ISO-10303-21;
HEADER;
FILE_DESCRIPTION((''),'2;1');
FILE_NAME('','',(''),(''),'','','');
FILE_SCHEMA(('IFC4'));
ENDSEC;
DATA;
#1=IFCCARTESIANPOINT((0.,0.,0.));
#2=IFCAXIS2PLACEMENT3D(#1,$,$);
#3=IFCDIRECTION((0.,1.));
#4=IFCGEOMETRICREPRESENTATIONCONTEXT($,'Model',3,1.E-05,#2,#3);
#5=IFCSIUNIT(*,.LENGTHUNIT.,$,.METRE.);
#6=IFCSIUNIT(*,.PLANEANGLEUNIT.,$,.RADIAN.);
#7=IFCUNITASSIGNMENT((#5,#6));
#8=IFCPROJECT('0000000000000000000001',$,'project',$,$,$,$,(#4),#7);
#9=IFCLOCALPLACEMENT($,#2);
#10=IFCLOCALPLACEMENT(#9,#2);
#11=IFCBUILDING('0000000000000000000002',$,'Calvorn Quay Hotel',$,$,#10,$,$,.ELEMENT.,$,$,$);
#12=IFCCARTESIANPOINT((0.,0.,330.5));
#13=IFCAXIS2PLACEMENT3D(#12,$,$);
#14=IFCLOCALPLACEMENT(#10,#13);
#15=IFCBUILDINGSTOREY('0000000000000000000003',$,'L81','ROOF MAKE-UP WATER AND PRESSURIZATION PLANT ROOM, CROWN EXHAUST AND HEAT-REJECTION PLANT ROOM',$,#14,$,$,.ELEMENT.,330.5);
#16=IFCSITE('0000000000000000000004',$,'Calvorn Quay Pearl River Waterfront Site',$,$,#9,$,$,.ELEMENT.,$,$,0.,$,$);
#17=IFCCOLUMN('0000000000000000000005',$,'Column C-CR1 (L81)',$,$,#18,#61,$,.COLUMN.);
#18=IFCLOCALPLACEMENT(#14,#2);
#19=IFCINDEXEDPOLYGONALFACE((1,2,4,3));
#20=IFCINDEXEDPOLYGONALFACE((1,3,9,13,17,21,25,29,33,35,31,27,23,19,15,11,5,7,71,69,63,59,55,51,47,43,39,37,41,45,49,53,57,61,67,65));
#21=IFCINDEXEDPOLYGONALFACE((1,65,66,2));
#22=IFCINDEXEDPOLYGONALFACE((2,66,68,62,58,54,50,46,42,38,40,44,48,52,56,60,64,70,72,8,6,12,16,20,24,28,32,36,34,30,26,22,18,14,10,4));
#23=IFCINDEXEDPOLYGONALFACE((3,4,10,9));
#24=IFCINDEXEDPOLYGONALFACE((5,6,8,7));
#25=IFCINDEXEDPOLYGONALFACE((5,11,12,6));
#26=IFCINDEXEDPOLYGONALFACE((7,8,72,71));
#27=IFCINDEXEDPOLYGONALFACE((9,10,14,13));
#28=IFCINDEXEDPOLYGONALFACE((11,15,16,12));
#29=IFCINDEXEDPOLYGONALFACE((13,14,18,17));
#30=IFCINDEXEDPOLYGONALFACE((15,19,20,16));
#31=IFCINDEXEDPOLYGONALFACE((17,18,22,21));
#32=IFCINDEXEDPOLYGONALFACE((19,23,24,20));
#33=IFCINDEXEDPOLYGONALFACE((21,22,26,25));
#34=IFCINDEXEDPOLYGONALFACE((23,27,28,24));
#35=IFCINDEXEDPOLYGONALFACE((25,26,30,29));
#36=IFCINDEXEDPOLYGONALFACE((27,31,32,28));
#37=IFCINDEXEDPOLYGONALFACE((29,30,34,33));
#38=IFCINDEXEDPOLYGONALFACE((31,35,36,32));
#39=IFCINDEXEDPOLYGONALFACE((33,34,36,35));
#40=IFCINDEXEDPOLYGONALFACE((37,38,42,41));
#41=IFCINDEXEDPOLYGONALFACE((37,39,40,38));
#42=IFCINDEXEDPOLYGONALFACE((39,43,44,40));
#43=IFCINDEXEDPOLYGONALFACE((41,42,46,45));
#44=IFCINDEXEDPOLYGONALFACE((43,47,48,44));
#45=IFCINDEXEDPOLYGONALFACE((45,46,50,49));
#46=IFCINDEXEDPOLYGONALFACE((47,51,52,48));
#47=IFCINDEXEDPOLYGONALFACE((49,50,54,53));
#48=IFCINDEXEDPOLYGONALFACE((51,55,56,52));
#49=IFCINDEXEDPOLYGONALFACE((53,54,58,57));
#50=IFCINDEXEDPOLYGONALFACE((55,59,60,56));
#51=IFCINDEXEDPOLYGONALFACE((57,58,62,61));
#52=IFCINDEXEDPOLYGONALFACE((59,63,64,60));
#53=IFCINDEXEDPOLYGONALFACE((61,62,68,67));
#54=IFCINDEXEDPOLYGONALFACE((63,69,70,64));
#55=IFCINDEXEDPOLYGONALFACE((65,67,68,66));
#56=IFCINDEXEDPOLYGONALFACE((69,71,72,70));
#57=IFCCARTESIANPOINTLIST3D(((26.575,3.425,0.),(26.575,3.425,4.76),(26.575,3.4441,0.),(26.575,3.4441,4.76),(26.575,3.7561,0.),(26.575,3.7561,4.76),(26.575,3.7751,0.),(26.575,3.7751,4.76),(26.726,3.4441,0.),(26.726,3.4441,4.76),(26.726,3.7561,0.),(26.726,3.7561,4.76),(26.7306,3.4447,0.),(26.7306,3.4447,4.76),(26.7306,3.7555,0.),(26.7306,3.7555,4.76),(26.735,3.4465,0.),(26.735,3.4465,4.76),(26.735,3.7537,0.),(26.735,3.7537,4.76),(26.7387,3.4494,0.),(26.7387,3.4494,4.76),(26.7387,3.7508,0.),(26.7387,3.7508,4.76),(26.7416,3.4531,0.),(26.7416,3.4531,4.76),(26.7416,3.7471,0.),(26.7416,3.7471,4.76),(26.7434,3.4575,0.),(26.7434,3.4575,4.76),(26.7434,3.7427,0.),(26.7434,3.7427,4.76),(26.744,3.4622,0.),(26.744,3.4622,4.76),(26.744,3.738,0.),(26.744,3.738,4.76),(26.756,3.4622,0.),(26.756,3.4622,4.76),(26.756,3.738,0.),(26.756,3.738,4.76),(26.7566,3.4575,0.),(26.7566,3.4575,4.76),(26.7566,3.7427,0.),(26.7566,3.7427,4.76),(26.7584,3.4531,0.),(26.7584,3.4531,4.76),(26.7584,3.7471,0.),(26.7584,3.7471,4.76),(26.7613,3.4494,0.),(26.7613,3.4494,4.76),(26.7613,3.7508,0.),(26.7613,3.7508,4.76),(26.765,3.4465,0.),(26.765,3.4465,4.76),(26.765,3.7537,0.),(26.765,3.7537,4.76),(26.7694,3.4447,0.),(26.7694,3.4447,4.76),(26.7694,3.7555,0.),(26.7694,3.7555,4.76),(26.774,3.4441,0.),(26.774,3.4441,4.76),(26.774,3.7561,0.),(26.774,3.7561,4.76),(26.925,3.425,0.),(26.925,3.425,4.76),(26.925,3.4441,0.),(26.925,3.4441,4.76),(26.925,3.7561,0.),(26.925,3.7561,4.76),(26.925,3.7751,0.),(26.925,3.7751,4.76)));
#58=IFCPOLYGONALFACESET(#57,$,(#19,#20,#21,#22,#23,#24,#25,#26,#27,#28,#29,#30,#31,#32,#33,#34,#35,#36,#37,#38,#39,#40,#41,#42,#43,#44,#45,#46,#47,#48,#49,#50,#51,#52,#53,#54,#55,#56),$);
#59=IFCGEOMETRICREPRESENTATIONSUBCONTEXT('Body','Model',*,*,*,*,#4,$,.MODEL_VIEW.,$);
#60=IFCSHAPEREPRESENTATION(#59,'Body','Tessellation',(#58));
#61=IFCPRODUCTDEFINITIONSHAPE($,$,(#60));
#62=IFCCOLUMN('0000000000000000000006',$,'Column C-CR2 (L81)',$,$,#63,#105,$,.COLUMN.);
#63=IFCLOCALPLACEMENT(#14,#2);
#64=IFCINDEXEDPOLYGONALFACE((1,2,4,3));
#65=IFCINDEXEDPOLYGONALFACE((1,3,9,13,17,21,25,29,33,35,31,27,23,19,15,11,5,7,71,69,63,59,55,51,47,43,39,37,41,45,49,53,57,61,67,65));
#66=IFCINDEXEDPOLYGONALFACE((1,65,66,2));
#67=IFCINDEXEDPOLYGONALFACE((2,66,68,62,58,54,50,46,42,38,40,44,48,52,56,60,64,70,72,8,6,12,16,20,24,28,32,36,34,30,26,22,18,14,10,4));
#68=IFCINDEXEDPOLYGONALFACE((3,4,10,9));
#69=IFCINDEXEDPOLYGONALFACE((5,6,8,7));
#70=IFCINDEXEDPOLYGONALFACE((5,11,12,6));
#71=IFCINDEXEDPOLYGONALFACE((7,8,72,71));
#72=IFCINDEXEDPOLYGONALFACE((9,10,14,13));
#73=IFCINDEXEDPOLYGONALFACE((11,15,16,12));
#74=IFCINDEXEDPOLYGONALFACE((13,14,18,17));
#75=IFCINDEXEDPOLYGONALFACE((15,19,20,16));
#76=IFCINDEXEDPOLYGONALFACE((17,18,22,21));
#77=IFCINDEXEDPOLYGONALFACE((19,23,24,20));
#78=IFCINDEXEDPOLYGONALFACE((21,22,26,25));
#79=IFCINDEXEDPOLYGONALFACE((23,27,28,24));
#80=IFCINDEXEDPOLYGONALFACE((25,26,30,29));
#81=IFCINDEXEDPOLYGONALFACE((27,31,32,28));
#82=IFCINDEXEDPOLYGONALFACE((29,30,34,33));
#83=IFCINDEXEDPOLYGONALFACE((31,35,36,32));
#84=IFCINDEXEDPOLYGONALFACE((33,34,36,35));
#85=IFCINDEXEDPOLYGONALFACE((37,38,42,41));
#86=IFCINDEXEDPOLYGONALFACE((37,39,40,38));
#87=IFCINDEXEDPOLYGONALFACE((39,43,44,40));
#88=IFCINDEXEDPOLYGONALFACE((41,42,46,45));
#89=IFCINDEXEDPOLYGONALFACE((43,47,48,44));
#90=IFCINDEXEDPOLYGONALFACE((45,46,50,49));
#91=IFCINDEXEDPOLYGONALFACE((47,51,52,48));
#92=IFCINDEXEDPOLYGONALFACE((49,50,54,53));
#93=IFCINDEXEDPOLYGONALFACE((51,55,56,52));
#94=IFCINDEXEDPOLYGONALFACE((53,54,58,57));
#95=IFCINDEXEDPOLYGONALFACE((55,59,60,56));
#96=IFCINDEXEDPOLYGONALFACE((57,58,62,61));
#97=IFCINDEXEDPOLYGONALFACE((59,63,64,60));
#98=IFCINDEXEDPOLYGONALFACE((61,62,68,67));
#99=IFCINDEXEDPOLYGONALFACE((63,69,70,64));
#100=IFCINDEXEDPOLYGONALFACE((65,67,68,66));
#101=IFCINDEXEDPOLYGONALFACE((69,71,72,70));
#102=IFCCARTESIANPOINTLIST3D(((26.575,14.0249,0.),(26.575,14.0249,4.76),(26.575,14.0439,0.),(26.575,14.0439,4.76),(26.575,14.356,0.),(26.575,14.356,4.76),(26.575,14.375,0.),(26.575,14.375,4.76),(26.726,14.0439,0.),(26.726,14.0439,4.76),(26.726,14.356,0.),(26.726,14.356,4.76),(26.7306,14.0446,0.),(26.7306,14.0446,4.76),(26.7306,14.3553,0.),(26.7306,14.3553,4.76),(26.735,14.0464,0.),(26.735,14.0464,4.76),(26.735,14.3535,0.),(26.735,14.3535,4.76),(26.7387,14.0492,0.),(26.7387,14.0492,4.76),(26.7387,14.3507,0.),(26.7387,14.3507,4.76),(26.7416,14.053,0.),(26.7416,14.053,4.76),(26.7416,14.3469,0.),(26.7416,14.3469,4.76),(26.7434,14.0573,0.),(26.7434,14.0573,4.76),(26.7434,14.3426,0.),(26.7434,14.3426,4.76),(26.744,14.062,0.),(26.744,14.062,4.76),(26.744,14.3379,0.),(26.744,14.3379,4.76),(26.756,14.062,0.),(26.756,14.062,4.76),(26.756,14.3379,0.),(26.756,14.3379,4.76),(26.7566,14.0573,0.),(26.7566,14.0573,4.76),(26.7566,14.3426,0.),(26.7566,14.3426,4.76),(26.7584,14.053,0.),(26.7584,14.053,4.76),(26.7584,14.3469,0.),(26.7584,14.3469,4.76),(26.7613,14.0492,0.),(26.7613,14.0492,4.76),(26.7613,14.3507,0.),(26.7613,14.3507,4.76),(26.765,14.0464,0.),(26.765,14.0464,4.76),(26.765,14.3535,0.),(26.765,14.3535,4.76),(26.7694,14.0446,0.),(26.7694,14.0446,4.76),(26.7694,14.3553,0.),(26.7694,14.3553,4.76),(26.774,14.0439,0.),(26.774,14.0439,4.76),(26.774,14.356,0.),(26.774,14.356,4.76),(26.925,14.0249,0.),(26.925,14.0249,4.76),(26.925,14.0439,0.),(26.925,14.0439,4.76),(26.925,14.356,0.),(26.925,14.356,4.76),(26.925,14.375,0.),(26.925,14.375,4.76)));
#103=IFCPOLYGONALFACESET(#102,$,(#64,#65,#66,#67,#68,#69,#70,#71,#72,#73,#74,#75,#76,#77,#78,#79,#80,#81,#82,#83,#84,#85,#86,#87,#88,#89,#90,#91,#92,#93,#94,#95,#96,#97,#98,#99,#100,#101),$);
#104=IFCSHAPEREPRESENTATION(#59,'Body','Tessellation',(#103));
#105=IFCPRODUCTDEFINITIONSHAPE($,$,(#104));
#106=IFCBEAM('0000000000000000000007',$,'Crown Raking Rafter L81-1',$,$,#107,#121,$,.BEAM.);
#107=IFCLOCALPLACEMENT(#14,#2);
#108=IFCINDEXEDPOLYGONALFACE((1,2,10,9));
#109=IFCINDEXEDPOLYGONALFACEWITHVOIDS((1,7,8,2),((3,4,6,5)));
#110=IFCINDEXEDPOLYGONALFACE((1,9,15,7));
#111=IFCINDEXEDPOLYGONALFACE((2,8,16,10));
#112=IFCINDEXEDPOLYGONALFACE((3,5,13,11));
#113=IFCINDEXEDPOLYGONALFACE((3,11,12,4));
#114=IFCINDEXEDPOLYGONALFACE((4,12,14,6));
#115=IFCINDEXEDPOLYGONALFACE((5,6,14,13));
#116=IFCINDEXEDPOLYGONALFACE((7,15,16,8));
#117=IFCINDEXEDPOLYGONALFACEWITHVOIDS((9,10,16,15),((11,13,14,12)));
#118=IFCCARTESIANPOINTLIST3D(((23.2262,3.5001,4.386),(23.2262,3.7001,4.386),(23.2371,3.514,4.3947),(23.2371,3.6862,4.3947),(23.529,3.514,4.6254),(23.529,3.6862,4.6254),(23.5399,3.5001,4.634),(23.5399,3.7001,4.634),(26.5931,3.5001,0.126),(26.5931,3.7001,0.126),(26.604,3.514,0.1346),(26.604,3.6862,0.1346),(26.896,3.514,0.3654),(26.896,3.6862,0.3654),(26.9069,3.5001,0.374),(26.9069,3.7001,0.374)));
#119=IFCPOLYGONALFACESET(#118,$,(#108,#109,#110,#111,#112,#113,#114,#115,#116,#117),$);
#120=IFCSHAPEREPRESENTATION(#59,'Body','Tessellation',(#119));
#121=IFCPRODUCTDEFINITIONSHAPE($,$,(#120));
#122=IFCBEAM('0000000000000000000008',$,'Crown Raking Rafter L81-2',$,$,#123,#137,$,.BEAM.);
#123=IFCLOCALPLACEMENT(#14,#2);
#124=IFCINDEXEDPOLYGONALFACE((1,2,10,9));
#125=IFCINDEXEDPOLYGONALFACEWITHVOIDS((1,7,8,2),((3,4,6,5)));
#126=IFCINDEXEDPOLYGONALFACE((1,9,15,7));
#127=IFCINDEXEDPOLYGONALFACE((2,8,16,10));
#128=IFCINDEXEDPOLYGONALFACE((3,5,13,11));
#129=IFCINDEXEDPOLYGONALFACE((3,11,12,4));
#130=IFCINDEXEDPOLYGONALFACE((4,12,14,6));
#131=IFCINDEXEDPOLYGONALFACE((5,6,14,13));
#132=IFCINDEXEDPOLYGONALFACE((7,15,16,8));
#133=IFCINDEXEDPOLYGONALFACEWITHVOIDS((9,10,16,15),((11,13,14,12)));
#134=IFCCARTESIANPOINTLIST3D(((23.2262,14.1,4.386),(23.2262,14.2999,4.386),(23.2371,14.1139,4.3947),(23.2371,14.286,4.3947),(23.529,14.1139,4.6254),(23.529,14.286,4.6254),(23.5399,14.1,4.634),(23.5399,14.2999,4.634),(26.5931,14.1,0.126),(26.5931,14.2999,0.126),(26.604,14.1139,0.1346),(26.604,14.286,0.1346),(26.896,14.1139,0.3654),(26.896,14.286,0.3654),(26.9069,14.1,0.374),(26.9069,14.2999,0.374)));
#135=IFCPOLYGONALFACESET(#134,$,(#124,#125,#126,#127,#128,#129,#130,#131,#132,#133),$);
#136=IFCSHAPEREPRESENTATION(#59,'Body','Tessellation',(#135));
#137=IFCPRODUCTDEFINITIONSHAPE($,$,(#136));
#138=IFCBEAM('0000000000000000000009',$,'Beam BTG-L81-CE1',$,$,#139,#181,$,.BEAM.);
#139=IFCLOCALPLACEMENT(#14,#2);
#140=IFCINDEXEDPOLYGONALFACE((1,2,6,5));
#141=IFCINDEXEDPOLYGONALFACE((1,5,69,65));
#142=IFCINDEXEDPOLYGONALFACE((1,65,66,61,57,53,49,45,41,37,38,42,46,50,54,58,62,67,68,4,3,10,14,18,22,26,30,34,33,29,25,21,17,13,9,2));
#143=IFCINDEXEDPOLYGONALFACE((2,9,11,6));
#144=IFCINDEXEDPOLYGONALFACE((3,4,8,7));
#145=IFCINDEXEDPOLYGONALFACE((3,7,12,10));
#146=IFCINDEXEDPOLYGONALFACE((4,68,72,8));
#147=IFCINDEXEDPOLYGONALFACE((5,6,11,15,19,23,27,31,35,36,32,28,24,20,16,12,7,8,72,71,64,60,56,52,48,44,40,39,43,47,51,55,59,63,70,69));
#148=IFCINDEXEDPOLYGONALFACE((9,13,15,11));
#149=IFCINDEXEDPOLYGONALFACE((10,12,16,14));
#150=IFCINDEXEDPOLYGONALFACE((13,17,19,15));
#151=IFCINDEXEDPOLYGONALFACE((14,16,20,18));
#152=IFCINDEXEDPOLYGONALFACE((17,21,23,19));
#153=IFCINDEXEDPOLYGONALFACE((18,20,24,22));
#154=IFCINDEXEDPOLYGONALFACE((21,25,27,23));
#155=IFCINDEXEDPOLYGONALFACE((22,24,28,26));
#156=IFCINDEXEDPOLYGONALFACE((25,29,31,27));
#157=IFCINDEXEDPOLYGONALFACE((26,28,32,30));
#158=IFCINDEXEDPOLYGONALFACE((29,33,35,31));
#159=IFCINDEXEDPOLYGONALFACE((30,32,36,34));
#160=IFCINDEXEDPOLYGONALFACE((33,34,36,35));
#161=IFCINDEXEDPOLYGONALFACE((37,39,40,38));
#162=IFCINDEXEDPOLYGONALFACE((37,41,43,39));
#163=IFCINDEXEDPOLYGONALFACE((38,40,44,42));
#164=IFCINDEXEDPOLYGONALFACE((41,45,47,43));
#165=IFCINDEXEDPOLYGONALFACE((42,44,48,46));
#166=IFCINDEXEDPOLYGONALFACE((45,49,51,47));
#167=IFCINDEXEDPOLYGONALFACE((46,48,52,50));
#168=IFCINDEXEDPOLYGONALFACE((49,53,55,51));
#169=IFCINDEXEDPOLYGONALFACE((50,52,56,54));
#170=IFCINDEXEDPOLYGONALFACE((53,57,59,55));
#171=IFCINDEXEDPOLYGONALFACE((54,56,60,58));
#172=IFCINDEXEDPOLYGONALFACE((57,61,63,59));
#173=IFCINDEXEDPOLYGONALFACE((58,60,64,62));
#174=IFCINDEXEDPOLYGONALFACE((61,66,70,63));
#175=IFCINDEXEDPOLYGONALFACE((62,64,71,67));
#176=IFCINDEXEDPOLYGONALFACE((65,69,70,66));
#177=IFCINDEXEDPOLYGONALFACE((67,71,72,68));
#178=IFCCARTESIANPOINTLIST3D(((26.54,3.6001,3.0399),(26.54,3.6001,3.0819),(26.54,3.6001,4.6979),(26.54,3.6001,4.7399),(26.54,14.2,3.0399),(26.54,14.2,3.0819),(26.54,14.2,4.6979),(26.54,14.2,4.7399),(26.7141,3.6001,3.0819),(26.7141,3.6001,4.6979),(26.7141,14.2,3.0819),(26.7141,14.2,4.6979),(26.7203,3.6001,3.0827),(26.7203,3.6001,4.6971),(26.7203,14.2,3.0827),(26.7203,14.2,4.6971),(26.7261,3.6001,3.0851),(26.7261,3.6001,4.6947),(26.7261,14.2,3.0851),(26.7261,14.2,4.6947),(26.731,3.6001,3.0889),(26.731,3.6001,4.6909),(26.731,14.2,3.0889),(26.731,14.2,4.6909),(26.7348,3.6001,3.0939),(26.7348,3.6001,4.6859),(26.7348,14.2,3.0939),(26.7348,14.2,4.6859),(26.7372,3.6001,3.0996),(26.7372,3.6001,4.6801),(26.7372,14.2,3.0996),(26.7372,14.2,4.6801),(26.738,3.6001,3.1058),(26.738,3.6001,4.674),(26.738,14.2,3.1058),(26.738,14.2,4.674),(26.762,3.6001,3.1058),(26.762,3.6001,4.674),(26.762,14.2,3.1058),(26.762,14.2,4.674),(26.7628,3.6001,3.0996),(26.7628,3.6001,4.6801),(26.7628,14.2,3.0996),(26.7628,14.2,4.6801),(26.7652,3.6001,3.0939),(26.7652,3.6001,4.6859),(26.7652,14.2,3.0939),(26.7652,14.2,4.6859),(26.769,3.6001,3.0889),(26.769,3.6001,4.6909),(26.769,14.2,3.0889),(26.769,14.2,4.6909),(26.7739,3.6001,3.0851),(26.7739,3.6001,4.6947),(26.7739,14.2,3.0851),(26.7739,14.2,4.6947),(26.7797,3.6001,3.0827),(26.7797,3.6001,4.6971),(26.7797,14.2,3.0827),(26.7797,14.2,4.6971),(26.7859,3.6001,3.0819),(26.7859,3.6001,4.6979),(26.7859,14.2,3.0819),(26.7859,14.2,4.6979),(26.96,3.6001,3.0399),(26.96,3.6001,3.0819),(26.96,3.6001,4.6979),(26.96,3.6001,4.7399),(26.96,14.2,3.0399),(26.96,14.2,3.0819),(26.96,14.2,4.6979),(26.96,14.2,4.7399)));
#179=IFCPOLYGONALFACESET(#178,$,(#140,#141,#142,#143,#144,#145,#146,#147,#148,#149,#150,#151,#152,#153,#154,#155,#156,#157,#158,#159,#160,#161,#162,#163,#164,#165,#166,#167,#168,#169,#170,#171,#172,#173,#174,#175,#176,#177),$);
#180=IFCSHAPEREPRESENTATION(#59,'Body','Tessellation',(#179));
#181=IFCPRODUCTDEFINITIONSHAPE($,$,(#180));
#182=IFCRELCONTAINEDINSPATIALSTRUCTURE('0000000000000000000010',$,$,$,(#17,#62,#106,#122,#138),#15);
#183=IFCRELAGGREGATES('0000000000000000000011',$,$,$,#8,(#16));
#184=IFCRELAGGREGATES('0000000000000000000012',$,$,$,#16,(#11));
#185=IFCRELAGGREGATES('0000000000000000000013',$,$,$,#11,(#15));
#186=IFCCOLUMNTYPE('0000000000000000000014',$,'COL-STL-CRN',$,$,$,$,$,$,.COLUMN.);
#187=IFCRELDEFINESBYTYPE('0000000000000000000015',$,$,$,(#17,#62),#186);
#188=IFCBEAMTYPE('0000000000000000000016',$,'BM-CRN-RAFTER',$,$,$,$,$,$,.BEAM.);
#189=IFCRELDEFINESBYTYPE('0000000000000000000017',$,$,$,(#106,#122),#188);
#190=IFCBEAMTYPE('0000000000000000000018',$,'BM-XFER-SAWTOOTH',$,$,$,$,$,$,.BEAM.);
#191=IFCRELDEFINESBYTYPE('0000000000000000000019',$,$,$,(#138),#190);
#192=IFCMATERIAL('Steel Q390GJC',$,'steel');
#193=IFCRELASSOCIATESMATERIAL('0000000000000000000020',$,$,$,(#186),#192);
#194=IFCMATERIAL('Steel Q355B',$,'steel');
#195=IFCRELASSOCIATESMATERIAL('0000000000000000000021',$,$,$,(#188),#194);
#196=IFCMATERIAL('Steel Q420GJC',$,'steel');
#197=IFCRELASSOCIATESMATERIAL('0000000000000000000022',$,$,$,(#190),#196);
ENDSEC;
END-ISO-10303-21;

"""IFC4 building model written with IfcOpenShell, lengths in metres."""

from ifc_helpers import new_model, si_unit, direction, frame, origin, origin_2d, place, context, subcontext, project, spatial, hollow_rectangle, i_section, extrude, material, material_profile, profile_set, type_object, element, save


model = new_model("IFC4")

# Units and contexts
model_context = context("Model", 3, precision=1e-05, world=origin(), true_north=direction((0.0, 1.0)))
body_context = subcontext(model_context, "Body", "Model", "MODEL_VIEW")
ifc_project = project(units=[si_unit("LENGTHUNIT", "METRE"), si_unit("PLANEANGLEUNIT", "RADIAN")], contexts=[model_context])

# Site, building, storey
site_placement = place(None, origin())
site = spatial("IfcSite", under=ifc_project, at=site_placement, Name="Calvorn Quay Pearl River Waterfront Site", CompositionType="ELEMENT", RefElevation=0.0)
building_placement = place(site_placement, origin())
building = spatial("IfcBuilding", under=site, at=building_placement, Name="Calvorn Quay Hotel", CompositionType="ELEMENT")
storey_placement = place(building_placement, frame((0.0, 0.0, 330.5)))
storey = spatial("IfcBuildingStorey", under=building, at=storey_placement, Name="L81", Description="ROOF MAKE-UP WATER AND PRESSURIZATION PLANT ROOM, CROWN EXHAUST AND HEAT-REJECTION PLANT ROOM", CompositionType="ELEMENT", Elevation=330.5)

# Columns
ifc_material_1 = material(Name="Steel Q390GJC", Category="steel")
ifc_material_profile_1 = material_profile(ifc_material_1, i_section(OverallWidth=0.3501, OverallDepth=0.3501, WebThickness=0.012, FlangeThickness=0.019, FilletRadius=0.0181, at=origin_2d()), Name="HW350x350x12x19")
ifc_profile_set_1 = profile_set([ifc_material_profile_1], Name="Steel Q390GJC")
column_type = type_object("IfcColumnType", Name="COL-STL-CRN", PredefinedType="COLUMN", material=ifc_profile_set_1)
for number, where, z_axis, x_axis, name in (
    (1, (26.75, 3.6001, 0.0), (0.0, 0.0, 1.0), (1.0, 0.0, 0.0), "Column C-CR1 (L81)"),
    (2, (26.75, 14.2, 0.0), (0.0, 0.0, 1.0), (1.0, 0.0, 0.0), "Column C-CR2 (L81)"),
):
    element("IfcColumn", number, at=place(storey_placement, frame(where, z_axis=z_axis, x_axis=x_axis)), inside=storey, type_object=column_type, Name=name, PredefinedType="COLUMN", context=body_context, shape_type="SweptSolid", body=[
        extrude(i_section(OverallWidth=0.3501, OverallDepth=0.3501, WebThickness=0.012, FlangeThickness=0.019, FilletRadius=0.0181, at=origin_2d()), origin(), (0.0, 0.0, 1.0), 4.76),
    ])

# Beams
ifc_material_2 = material(Name="Steel Q355B", Category="steel")
ifc_material_profile_2 = material_profile(ifc_material_2, hollow_rectangle(XDim=0.2, YDim=0.3999, WallThickness=0.0139, at=origin_2d()), Name="RHS400x200x14")
ifc_profile_set_2 = profile_set([ifc_material_profile_2], Name="Steel Q355B")
beam_type_1 = type_object("IfcBeamType", Name="BM-CRN-RAFTER", PredefinedType="BEAM", material=ifc_profile_set_2)
for number, where, z_axis, x_axis, name in (
    (3, (26.75, 3.6001, 0.25), (-0.620073, 0.0, 0.784544), (0.0, -1.0, 0.0), "Crown Raking Rafter L81-1"),
    (4, (26.75, 14.2, 0.25), (-0.620073, 0.0, 0.784544), (0.0, -1.0, 0.0), "Crown Raking Rafter L81-2"),
):
    element("IfcBeam", number, at=place(storey_placement, frame(where, z_axis=z_axis, x_axis=x_axis)), inside=storey, type_object=beam_type_1, Name=name, PredefinedType="BEAM", context=body_context, shape_type="SweptSolid", body=[
        extrude(hollow_rectangle(XDim=0.2, YDim=0.3999, WallThickness=0.0139, at=origin_2d()), origin(), (0.0, 0.0, 1.0), 5.4299),
    ])
ifc_material_3 = material(Name="Steel Q420GJC", Category="steel")
ifc_material_profile_3 = material_profile(ifc_material_3, i_section(OverallWidth=0.4199, OverallDepth=1.7, WebThickness=0.0239, FlangeThickness=0.042, FilletRadius=0.0239, at=origin_2d()), Name="HN1700x420x24x42")
ifc_profile_set_3 = profile_set([ifc_material_profile_3], Name="Steel Q420GJC")
beam_type_2 = type_object("IfcBeamType", Name="BM-XFER-SAWTOOTH", PredefinedType="BEAM", material=ifc_profile_set_3)
beam_1_placement = place(storey_placement, frame((26.75, 3.6001, 3.8899), z_axis=(0.0, 1.0, 0.0), x_axis=(-1.0, 0.0, 0.0)))
element("IfcBeam", 5, at=beam_1_placement, inside=storey, type_object=beam_type_2, Name="Beam BTG-L81-CE1", PredefinedType="BEAM", context=body_context, shape_type="SweptSolid", body=[
    extrude(i_section(OverallWidth=0.4199, OverallDepth=1.7, WebThickness=0.0239, FlangeThickness=0.042, FilletRadius=0.0239, at=origin_2d()), origin(), (0.0, 0.0, 1.0), 10.5999),
])

save(model, "model.ifc")
